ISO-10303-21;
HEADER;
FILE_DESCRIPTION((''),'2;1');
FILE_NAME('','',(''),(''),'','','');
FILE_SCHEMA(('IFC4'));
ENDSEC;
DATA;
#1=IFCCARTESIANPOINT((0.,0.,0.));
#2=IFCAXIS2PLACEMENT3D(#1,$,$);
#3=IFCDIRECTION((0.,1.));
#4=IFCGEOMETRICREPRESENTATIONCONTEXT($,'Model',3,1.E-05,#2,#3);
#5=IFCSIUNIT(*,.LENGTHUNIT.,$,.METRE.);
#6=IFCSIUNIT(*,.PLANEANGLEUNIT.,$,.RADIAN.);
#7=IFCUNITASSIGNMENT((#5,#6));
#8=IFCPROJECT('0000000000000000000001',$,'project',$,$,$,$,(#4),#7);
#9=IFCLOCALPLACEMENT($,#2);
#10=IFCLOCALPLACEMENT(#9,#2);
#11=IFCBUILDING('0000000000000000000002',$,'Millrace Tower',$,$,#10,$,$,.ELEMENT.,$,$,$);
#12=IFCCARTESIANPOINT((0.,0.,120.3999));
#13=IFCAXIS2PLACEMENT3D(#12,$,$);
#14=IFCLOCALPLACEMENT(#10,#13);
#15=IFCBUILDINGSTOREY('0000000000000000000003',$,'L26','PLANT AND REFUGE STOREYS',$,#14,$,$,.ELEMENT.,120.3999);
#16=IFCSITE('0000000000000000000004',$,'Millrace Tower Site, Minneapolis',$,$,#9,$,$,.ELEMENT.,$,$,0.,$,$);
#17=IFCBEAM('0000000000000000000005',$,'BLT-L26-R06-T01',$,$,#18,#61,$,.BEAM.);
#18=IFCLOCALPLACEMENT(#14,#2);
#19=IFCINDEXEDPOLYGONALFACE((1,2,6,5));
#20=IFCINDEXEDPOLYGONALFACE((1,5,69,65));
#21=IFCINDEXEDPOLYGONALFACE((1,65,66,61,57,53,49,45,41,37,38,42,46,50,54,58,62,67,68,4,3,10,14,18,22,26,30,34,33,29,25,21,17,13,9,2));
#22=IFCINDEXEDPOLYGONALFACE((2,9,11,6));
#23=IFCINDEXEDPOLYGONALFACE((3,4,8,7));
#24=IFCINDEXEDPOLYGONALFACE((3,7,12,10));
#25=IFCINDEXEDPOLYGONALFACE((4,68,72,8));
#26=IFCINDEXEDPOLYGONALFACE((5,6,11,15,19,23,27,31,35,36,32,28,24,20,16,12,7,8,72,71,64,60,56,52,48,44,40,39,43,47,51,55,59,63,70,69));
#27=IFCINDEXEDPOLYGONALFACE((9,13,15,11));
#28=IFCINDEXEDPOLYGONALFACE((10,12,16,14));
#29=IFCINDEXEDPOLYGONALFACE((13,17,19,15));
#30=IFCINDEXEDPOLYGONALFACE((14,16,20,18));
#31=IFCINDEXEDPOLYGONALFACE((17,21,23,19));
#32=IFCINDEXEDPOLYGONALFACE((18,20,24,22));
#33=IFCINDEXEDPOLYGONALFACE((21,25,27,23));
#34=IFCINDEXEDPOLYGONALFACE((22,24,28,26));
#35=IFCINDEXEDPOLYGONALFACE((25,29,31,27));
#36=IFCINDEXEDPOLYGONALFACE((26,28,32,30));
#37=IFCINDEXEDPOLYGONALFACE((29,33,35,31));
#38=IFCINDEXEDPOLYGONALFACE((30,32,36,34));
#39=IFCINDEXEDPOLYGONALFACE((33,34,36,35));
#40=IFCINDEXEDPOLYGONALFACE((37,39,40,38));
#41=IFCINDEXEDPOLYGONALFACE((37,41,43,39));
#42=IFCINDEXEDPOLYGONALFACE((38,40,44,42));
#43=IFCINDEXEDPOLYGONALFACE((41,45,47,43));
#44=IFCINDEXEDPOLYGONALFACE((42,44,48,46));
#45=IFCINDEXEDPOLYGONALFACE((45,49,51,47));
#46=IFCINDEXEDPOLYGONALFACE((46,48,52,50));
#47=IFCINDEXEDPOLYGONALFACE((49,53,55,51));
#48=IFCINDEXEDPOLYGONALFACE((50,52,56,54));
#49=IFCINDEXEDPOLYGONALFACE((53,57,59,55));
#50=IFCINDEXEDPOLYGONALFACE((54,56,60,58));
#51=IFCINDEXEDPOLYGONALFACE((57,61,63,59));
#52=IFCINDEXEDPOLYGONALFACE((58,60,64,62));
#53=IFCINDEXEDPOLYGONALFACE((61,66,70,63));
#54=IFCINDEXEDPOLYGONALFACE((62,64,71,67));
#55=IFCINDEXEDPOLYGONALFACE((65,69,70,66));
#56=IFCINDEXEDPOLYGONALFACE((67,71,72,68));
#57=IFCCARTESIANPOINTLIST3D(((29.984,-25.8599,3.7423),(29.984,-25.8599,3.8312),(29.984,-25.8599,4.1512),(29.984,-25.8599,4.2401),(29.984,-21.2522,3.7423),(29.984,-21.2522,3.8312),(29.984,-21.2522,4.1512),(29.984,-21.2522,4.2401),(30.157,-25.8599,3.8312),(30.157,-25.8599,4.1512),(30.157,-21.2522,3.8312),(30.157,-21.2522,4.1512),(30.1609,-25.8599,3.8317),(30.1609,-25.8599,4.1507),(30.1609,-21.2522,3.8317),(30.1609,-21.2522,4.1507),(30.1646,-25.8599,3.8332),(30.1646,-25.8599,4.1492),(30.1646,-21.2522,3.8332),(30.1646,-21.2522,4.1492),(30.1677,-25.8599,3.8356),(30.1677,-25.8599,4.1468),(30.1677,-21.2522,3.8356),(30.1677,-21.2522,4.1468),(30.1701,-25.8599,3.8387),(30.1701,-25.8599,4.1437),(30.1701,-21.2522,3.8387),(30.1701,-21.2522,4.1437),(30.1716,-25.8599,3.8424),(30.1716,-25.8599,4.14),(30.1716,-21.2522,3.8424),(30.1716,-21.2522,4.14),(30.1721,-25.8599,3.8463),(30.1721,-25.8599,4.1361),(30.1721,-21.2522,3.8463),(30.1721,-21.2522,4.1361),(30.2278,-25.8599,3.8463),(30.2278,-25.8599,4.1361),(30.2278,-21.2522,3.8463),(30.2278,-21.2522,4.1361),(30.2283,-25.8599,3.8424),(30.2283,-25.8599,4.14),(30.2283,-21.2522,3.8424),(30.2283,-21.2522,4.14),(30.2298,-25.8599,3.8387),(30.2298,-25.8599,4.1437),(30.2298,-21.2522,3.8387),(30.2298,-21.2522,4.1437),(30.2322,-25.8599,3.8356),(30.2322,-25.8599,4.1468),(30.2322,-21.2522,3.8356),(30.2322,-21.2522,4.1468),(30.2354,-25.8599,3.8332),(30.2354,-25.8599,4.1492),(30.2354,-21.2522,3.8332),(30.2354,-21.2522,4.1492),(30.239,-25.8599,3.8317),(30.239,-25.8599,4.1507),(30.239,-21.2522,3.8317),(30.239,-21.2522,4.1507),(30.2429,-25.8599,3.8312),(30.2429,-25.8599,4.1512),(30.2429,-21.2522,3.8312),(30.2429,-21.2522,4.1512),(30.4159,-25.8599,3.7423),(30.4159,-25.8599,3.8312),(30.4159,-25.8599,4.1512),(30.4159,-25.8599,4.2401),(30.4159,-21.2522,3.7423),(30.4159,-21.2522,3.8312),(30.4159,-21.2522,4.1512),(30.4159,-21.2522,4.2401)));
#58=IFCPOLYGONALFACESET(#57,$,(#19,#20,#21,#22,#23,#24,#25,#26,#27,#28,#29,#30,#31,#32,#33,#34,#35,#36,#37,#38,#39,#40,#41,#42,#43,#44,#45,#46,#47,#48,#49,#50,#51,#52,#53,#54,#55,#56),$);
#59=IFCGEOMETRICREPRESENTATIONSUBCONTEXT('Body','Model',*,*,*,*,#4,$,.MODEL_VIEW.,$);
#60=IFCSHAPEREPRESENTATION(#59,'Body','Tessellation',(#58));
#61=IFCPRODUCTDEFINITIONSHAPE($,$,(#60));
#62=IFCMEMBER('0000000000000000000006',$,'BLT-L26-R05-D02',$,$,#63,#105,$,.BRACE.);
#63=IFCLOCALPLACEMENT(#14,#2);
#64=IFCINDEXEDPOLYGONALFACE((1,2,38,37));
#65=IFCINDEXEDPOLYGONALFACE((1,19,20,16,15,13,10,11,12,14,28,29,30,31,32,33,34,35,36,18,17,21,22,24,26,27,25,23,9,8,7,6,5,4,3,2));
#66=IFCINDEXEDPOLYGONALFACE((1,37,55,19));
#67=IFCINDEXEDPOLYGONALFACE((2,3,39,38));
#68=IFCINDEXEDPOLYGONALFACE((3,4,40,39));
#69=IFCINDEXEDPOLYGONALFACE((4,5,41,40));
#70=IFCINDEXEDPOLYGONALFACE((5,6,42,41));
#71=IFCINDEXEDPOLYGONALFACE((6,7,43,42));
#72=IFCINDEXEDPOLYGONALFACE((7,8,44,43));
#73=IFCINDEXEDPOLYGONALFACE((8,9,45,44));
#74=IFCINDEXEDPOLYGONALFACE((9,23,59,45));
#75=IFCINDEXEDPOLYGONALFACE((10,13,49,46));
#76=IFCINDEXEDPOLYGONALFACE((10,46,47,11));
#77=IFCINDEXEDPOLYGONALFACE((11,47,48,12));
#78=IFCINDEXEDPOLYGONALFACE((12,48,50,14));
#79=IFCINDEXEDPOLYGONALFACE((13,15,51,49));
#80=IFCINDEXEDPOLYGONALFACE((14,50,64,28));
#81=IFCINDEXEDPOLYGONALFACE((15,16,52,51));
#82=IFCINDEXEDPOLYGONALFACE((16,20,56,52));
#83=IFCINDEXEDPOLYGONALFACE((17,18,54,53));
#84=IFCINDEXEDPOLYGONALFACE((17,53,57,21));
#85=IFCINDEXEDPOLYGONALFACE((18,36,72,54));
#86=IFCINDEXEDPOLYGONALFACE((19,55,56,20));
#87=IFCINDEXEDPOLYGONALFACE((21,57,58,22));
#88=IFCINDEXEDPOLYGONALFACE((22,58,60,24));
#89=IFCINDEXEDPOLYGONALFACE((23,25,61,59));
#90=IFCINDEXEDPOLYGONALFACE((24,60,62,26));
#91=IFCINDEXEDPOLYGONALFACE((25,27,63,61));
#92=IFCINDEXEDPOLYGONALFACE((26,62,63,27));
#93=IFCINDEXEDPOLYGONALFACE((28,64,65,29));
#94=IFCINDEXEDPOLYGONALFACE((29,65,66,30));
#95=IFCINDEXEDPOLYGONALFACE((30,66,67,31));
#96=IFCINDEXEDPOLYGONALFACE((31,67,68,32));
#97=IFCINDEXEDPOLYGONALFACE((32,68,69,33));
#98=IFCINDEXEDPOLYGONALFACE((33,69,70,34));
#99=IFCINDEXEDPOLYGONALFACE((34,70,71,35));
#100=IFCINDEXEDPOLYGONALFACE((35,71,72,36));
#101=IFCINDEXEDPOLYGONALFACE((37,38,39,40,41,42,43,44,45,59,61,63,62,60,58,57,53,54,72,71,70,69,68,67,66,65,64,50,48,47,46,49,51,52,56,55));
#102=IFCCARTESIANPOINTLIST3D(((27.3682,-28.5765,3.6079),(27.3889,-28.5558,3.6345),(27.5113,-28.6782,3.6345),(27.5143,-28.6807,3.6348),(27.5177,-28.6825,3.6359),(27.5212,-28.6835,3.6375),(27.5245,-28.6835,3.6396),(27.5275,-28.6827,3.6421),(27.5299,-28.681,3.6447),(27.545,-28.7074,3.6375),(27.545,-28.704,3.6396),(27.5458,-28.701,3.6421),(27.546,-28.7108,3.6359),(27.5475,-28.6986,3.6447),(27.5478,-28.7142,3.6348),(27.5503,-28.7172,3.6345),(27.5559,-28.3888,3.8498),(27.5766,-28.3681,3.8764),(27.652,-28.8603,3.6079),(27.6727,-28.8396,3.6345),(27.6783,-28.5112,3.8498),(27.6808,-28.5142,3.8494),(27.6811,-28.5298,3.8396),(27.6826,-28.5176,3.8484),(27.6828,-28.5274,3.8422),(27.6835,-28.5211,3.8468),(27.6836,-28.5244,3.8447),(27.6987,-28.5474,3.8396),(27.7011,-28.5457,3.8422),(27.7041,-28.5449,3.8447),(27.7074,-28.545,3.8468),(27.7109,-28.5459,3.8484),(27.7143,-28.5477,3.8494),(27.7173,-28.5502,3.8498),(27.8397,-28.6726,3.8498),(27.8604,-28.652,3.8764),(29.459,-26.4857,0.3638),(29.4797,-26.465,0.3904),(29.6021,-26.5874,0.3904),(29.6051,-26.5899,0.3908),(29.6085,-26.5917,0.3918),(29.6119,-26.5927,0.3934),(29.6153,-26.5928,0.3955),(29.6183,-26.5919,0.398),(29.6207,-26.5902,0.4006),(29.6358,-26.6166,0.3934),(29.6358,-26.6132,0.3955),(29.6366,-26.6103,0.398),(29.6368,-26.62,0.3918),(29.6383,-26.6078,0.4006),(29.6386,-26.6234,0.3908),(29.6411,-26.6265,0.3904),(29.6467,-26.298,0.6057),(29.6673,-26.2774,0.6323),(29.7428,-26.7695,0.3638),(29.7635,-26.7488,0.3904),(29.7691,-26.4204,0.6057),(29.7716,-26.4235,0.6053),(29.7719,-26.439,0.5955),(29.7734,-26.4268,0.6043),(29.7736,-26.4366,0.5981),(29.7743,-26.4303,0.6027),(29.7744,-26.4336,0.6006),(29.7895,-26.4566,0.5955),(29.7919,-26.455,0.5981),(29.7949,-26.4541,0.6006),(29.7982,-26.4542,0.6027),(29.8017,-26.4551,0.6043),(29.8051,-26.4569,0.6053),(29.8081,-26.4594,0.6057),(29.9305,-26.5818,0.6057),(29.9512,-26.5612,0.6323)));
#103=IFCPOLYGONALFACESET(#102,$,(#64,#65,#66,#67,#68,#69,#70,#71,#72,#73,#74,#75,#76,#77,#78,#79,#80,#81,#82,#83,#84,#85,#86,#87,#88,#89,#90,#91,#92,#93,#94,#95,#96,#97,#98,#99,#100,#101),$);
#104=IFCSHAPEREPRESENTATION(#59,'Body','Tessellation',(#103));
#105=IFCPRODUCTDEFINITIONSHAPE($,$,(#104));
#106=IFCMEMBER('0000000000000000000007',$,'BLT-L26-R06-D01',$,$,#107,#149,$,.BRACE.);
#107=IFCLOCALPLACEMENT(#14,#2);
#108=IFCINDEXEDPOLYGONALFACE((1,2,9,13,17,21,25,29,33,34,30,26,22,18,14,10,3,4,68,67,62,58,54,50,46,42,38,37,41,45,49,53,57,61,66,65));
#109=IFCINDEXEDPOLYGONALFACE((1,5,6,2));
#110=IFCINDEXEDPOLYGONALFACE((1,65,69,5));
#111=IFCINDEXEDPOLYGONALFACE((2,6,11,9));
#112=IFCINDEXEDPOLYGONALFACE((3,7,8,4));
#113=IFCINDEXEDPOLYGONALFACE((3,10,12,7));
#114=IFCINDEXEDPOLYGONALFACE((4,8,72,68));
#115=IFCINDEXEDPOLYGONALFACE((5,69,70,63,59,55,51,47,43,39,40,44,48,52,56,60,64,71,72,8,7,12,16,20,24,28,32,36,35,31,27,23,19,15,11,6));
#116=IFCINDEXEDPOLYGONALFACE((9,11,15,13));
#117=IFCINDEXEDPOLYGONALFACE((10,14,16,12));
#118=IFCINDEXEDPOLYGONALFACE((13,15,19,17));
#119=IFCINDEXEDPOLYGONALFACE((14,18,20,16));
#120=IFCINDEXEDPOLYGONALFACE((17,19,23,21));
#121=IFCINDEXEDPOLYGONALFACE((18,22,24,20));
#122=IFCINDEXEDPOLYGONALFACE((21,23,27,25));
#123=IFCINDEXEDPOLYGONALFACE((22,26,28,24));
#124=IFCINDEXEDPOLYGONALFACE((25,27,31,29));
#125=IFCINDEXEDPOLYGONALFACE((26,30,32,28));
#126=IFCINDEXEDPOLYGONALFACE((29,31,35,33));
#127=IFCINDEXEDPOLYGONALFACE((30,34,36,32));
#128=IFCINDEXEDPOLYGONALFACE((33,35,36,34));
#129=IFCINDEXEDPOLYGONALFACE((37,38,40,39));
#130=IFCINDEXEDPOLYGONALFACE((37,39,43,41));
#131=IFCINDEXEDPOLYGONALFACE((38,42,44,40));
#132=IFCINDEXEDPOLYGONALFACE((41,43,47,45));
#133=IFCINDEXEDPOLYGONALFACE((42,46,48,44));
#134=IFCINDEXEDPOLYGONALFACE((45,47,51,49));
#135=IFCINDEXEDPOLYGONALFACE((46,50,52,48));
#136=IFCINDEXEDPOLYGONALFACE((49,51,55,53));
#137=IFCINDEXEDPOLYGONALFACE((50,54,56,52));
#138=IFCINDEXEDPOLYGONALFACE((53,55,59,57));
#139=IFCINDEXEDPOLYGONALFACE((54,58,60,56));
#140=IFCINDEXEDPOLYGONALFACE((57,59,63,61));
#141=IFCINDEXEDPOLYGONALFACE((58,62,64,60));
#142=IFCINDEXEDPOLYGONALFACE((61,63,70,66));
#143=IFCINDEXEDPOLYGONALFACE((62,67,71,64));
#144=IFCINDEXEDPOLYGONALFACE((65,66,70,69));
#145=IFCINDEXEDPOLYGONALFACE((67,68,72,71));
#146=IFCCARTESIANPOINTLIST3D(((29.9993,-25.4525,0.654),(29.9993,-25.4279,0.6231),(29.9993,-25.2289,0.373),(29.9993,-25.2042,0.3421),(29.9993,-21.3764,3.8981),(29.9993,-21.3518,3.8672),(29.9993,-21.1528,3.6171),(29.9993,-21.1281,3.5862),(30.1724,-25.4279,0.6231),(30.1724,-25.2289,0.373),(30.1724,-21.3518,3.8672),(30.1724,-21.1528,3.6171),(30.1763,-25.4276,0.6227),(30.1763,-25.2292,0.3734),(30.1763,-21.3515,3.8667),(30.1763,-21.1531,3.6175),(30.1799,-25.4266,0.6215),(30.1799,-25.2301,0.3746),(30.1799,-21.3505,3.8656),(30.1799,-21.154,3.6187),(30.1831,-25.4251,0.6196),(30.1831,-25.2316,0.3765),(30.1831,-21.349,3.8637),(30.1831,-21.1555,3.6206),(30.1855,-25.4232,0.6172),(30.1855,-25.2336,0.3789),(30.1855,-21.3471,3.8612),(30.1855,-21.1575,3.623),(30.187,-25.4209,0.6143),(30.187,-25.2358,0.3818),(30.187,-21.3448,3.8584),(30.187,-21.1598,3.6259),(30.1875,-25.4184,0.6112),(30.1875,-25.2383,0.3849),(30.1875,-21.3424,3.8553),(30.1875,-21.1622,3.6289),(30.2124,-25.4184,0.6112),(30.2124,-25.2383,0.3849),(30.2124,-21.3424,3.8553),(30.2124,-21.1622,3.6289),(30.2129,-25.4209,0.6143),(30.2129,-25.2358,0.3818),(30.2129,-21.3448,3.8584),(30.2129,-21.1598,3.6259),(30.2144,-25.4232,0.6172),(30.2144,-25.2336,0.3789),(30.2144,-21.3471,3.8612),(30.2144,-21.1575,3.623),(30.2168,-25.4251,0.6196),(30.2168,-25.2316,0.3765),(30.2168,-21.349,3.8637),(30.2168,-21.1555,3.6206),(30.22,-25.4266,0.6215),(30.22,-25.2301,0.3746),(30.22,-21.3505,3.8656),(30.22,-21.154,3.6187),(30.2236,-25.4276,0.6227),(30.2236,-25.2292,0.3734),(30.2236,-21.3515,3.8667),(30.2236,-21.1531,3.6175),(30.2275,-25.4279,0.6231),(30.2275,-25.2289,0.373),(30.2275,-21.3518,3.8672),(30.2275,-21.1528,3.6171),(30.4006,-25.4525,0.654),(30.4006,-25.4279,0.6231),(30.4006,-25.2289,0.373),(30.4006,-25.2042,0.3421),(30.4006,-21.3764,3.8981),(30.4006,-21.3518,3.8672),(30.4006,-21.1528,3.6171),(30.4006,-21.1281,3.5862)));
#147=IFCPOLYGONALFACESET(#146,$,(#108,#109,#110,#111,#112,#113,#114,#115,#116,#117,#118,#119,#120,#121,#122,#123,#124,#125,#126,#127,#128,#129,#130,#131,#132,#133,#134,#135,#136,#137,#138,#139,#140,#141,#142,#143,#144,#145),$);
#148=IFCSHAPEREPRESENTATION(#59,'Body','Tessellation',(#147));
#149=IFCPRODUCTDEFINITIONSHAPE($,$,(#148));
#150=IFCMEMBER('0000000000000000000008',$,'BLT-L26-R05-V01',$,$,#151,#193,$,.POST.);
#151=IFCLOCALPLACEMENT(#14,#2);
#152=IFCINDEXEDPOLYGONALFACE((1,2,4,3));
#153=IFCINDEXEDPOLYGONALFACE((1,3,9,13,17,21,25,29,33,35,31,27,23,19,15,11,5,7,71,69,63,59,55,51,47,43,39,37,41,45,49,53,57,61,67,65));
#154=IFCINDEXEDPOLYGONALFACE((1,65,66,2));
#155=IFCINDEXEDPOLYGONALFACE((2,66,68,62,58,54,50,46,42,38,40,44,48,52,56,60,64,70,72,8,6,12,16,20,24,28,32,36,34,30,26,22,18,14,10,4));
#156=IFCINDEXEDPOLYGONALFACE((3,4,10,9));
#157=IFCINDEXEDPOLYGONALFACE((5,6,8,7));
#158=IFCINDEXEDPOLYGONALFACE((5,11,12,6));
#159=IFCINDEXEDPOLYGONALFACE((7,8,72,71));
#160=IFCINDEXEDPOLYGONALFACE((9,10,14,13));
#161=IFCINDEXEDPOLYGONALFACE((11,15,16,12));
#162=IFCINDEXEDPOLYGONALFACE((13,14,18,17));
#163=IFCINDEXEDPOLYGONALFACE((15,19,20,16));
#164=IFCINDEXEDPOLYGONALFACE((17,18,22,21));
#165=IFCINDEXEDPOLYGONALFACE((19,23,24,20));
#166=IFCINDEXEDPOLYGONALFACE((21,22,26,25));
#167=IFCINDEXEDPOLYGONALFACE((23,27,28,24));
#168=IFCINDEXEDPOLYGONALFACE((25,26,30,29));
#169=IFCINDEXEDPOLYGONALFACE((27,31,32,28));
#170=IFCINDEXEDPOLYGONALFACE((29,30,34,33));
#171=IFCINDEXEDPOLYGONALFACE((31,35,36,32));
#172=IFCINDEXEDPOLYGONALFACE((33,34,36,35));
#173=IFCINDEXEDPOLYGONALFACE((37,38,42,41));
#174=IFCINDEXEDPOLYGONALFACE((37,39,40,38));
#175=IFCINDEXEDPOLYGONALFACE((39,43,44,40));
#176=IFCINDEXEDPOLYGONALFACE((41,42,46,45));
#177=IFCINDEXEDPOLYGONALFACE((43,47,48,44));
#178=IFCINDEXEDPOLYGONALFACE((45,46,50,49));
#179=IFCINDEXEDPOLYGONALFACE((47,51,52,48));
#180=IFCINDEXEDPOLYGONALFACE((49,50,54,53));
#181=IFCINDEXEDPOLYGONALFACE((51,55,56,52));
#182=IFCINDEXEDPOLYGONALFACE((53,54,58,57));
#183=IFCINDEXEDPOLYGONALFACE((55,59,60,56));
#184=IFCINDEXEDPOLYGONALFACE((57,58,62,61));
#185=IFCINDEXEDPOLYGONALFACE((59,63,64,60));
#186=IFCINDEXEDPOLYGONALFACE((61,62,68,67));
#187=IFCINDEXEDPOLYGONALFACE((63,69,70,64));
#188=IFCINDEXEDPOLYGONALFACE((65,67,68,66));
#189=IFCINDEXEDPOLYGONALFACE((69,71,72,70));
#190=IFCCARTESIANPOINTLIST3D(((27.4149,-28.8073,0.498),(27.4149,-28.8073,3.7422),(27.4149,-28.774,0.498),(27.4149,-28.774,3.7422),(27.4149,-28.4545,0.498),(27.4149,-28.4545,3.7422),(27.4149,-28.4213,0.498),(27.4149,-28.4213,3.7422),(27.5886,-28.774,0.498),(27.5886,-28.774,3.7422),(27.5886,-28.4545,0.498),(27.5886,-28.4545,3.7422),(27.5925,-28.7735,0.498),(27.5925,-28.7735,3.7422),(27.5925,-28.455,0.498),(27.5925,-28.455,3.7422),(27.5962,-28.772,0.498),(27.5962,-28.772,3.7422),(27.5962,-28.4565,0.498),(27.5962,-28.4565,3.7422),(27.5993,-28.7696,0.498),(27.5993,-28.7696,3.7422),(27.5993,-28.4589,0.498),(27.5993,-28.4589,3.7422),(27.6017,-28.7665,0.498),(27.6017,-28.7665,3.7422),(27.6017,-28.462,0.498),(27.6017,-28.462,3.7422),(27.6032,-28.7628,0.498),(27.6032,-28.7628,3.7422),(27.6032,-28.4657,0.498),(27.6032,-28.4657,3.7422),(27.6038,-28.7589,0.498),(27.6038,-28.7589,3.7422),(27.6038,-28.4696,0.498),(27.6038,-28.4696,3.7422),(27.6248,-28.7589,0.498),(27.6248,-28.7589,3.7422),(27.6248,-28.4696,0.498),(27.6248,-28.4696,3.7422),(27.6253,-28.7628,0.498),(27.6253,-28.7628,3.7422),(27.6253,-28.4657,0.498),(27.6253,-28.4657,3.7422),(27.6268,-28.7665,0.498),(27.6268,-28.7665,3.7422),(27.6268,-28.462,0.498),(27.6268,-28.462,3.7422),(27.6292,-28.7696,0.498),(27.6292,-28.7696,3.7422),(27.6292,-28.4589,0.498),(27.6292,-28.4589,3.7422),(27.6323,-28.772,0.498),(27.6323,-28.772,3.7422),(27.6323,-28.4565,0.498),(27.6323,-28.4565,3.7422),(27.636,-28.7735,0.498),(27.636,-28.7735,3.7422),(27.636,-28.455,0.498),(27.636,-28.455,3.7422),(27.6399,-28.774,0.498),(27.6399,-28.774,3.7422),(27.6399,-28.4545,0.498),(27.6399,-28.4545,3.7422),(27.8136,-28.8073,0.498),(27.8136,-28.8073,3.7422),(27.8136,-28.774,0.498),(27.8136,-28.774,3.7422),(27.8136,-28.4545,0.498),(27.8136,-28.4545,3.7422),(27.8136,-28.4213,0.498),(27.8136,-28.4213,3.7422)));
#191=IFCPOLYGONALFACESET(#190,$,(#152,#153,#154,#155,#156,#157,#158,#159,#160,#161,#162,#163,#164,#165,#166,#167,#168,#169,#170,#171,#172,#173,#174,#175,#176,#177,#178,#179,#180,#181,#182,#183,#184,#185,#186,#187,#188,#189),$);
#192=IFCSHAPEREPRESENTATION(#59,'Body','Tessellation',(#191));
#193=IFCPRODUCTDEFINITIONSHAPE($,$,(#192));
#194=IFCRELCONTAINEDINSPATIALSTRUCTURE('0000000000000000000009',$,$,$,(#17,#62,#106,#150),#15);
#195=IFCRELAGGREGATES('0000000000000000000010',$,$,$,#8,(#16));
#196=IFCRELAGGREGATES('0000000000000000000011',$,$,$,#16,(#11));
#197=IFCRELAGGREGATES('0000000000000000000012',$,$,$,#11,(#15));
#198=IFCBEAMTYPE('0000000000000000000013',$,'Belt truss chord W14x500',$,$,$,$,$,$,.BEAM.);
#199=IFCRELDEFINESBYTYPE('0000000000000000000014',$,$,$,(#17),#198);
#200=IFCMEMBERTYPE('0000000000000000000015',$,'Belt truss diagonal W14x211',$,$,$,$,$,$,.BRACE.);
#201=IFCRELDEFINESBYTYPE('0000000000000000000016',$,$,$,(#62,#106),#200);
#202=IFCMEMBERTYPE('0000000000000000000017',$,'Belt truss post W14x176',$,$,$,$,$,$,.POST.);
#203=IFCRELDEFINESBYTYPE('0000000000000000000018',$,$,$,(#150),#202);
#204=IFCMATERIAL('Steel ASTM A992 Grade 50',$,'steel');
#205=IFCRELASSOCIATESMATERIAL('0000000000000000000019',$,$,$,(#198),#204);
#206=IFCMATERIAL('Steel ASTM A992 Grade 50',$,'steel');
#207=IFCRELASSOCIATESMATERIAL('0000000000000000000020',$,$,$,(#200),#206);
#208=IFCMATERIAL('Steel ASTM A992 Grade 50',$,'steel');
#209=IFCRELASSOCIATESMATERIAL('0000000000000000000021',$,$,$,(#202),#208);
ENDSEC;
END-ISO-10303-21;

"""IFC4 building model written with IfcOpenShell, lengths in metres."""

from ifc_helpers import new_model, si_unit, direction, frame, origin, origin_2d, place, context, subcontext, project, spatial, i_section, extrude, material, material_profile, profile_set, type_object, element, save


model = new_model("IFC4")

# Units and contexts
model_context = context("Model", 3, precision=1e-05, world=origin(), true_north=direction((0.0, 1.0)))
body_context = subcontext(model_context, "Body", "Model", "MODEL_VIEW")
ifc_project = project(units=[si_unit("LENGTHUNIT", "METRE"), si_unit("PLANEANGLEUNIT", "RADIAN")], contexts=[model_context])

# Site, building, storey
site_placement = place(None, origin())
site = spatial("IfcSite", under=ifc_project, at=site_placement, Name="Millrace Tower Site, Minneapolis", CompositionType="ELEMENT", RefElevation=0.0)
building_placement = place(site_placement, origin())
building = spatial("IfcBuilding", under=site, at=building_placement, Name="Millrace Tower", CompositionType="ELEMENT")
storey_placement = place(building_placement, frame((0.0, 0.0, 120.3999)))
storey = spatial("IfcBuildingStorey", under=building, at=storey_placement, Name="L26", Description="PLANT AND REFUGE STOREYS", CompositionType="ELEMENT", Elevation=120.3999)

# Beam
ifc_material_1 = material(Name="Steel ASTM A992 Grade 50", Category="steel")
ifc_material_profile_1 = material_profile(ifc_material_1, i_section(OverallWidth=0.4319, OverallDepth=0.4978, WebThickness=0.0557, FlangeThickness=0.0889, FilletRadius=0.0151, at=origin_2d()))
ifc_profile_set_1 = profile_set([ifc_material_profile_1], Name="Steel ASTM A992 Grade 50")
beam_type_1 = type_object("IfcBeamType", Name="Belt truss chord W14x500", PredefinedType="BEAM", material=ifc_profile_set_1)
beam_1_placement = place(storey_placement, frame((30.2, -25.8599, 3.9912), z_axis=(0.0, 1.0, 0.0), x_axis=(-1.0, 0.0, 0.0)))
element("IfcBeam", 1, at=beam_1_placement, inside=storey, type_object=beam_type_1, Name="BLT-L26-R06-T01", PredefinedType="BEAM", context=body_context, shape_type="SweptSolid", body=[
    extrude(i_section(OverallWidth=0.4319, OverallDepth=0.4978, WebThickness=0.0557, FlangeThickness=0.0889, FilletRadius=0.0151, at=origin_2d()), origin(), (0.0, 0.0, 1.0), 4.6077),
])

# Members
ifc_material_2 = material(Name="Steel ASTM A992 Grade 50", Category="steel")
ifc_material_profile_2 = material_profile(ifc_material_2, i_section(OverallWidth=0.4014, OverallDepth=0.3987, WebThickness=0.0249, FlangeThickness=0.0396, FilletRadius=0.0151, at=origin_2d()))
ifc_profile_set_2 = profile_set([ifc_material_profile_2], Name="Steel ASTM A992 Grade 50")
member_type_1 = type_object("IfcMemberType", Name="Belt truss diagonal W14x211", PredefinedType="BRACE", material=ifc_profile_set_2)
member_1_placement = place(storey_placement, frame((29.7051, -26.5234, 0.498), z_axis=(-0.476326, -0.476326, 0.739072), x_axis=(0.707107, -0.707107, 0.0)))
element("IfcMember", 2, at=member_1_placement, inside=storey, type_object=member_type_1, Name="BLT-L26-R05-D02", PredefinedType="BRACE", context=body_context, shape_type="SweptSolid", body=[
    extrude(i_section(OverallWidth=0.4014, OverallDepth=0.3987, WebThickness=0.0249, FlangeThickness=0.0396, FilletRadius=0.0151, at=origin_2d()), origin(), (0.0, 0.0, 1.0), 4.3894),
])
member_2_placement = place(storey_placement, frame((30.2, -25.3284, 0.498), z_axis=(0.0, 0.782439, 0.622727), x_axis=(-1.0, 0.0, 0.0)))
element("IfcMember", 3, at=member_2_placement, inside=storey, type_object=member_type_1, Name="BLT-L26-R06-D01", PredefinedType="BRACE", context=body_context, shape_type="SweptSolid", body=[
    extrude(i_section(OverallWidth=0.4014, OverallDepth=0.3987, WebThickness=0.0249, FlangeThickness=0.0396, FilletRadius=0.0151, at=origin_2d()), origin(), (0.0, 0.0, 1.0), 5.2095),
])
ifc_material_3 = material(Name="Steel ASTM A992 Grade 50", Category="steel")
ifc_material_profile_3 = material_profile(ifc_material_3, i_section(OverallWidth=0.3987, OverallDepth=0.386, WebThickness=0.021, FlangeThickness=0.0332, FilletRadius=0.0151, at=origin_2d()))
ifc_profile_set_3 = profile_set([ifc_material_profile_3], Name="Steel ASTM A992 Grade 50")
member_type_2 = type_object("IfcMemberType", Name="Belt truss post W14x176", PredefinedType="POST", material=ifc_profile_set_3)
member_3_placement = place(storey_placement, frame((27.6143, -28.6143, 0.498), z_axis=(0.0, 0.0, 1.0), x_axis=(1.0, 0.0, 0.0)))
element("IfcMember", 4, at=member_3_placement, inside=storey, type_object=member_type_2, Name="BLT-L26-R05-V01", PredefinedType="POST", context=body_context, shape_type="SweptSolid", body=[
    extrude(i_section(OverallWidth=0.3987, OverallDepth=0.386, WebThickness=0.021, FlangeThickness=0.0332, FilletRadius=0.0151, at=origin_2d()), origin(), (0.0, 0.0, 1.0), 3.2441),
])

save(model, "model.ifc")
